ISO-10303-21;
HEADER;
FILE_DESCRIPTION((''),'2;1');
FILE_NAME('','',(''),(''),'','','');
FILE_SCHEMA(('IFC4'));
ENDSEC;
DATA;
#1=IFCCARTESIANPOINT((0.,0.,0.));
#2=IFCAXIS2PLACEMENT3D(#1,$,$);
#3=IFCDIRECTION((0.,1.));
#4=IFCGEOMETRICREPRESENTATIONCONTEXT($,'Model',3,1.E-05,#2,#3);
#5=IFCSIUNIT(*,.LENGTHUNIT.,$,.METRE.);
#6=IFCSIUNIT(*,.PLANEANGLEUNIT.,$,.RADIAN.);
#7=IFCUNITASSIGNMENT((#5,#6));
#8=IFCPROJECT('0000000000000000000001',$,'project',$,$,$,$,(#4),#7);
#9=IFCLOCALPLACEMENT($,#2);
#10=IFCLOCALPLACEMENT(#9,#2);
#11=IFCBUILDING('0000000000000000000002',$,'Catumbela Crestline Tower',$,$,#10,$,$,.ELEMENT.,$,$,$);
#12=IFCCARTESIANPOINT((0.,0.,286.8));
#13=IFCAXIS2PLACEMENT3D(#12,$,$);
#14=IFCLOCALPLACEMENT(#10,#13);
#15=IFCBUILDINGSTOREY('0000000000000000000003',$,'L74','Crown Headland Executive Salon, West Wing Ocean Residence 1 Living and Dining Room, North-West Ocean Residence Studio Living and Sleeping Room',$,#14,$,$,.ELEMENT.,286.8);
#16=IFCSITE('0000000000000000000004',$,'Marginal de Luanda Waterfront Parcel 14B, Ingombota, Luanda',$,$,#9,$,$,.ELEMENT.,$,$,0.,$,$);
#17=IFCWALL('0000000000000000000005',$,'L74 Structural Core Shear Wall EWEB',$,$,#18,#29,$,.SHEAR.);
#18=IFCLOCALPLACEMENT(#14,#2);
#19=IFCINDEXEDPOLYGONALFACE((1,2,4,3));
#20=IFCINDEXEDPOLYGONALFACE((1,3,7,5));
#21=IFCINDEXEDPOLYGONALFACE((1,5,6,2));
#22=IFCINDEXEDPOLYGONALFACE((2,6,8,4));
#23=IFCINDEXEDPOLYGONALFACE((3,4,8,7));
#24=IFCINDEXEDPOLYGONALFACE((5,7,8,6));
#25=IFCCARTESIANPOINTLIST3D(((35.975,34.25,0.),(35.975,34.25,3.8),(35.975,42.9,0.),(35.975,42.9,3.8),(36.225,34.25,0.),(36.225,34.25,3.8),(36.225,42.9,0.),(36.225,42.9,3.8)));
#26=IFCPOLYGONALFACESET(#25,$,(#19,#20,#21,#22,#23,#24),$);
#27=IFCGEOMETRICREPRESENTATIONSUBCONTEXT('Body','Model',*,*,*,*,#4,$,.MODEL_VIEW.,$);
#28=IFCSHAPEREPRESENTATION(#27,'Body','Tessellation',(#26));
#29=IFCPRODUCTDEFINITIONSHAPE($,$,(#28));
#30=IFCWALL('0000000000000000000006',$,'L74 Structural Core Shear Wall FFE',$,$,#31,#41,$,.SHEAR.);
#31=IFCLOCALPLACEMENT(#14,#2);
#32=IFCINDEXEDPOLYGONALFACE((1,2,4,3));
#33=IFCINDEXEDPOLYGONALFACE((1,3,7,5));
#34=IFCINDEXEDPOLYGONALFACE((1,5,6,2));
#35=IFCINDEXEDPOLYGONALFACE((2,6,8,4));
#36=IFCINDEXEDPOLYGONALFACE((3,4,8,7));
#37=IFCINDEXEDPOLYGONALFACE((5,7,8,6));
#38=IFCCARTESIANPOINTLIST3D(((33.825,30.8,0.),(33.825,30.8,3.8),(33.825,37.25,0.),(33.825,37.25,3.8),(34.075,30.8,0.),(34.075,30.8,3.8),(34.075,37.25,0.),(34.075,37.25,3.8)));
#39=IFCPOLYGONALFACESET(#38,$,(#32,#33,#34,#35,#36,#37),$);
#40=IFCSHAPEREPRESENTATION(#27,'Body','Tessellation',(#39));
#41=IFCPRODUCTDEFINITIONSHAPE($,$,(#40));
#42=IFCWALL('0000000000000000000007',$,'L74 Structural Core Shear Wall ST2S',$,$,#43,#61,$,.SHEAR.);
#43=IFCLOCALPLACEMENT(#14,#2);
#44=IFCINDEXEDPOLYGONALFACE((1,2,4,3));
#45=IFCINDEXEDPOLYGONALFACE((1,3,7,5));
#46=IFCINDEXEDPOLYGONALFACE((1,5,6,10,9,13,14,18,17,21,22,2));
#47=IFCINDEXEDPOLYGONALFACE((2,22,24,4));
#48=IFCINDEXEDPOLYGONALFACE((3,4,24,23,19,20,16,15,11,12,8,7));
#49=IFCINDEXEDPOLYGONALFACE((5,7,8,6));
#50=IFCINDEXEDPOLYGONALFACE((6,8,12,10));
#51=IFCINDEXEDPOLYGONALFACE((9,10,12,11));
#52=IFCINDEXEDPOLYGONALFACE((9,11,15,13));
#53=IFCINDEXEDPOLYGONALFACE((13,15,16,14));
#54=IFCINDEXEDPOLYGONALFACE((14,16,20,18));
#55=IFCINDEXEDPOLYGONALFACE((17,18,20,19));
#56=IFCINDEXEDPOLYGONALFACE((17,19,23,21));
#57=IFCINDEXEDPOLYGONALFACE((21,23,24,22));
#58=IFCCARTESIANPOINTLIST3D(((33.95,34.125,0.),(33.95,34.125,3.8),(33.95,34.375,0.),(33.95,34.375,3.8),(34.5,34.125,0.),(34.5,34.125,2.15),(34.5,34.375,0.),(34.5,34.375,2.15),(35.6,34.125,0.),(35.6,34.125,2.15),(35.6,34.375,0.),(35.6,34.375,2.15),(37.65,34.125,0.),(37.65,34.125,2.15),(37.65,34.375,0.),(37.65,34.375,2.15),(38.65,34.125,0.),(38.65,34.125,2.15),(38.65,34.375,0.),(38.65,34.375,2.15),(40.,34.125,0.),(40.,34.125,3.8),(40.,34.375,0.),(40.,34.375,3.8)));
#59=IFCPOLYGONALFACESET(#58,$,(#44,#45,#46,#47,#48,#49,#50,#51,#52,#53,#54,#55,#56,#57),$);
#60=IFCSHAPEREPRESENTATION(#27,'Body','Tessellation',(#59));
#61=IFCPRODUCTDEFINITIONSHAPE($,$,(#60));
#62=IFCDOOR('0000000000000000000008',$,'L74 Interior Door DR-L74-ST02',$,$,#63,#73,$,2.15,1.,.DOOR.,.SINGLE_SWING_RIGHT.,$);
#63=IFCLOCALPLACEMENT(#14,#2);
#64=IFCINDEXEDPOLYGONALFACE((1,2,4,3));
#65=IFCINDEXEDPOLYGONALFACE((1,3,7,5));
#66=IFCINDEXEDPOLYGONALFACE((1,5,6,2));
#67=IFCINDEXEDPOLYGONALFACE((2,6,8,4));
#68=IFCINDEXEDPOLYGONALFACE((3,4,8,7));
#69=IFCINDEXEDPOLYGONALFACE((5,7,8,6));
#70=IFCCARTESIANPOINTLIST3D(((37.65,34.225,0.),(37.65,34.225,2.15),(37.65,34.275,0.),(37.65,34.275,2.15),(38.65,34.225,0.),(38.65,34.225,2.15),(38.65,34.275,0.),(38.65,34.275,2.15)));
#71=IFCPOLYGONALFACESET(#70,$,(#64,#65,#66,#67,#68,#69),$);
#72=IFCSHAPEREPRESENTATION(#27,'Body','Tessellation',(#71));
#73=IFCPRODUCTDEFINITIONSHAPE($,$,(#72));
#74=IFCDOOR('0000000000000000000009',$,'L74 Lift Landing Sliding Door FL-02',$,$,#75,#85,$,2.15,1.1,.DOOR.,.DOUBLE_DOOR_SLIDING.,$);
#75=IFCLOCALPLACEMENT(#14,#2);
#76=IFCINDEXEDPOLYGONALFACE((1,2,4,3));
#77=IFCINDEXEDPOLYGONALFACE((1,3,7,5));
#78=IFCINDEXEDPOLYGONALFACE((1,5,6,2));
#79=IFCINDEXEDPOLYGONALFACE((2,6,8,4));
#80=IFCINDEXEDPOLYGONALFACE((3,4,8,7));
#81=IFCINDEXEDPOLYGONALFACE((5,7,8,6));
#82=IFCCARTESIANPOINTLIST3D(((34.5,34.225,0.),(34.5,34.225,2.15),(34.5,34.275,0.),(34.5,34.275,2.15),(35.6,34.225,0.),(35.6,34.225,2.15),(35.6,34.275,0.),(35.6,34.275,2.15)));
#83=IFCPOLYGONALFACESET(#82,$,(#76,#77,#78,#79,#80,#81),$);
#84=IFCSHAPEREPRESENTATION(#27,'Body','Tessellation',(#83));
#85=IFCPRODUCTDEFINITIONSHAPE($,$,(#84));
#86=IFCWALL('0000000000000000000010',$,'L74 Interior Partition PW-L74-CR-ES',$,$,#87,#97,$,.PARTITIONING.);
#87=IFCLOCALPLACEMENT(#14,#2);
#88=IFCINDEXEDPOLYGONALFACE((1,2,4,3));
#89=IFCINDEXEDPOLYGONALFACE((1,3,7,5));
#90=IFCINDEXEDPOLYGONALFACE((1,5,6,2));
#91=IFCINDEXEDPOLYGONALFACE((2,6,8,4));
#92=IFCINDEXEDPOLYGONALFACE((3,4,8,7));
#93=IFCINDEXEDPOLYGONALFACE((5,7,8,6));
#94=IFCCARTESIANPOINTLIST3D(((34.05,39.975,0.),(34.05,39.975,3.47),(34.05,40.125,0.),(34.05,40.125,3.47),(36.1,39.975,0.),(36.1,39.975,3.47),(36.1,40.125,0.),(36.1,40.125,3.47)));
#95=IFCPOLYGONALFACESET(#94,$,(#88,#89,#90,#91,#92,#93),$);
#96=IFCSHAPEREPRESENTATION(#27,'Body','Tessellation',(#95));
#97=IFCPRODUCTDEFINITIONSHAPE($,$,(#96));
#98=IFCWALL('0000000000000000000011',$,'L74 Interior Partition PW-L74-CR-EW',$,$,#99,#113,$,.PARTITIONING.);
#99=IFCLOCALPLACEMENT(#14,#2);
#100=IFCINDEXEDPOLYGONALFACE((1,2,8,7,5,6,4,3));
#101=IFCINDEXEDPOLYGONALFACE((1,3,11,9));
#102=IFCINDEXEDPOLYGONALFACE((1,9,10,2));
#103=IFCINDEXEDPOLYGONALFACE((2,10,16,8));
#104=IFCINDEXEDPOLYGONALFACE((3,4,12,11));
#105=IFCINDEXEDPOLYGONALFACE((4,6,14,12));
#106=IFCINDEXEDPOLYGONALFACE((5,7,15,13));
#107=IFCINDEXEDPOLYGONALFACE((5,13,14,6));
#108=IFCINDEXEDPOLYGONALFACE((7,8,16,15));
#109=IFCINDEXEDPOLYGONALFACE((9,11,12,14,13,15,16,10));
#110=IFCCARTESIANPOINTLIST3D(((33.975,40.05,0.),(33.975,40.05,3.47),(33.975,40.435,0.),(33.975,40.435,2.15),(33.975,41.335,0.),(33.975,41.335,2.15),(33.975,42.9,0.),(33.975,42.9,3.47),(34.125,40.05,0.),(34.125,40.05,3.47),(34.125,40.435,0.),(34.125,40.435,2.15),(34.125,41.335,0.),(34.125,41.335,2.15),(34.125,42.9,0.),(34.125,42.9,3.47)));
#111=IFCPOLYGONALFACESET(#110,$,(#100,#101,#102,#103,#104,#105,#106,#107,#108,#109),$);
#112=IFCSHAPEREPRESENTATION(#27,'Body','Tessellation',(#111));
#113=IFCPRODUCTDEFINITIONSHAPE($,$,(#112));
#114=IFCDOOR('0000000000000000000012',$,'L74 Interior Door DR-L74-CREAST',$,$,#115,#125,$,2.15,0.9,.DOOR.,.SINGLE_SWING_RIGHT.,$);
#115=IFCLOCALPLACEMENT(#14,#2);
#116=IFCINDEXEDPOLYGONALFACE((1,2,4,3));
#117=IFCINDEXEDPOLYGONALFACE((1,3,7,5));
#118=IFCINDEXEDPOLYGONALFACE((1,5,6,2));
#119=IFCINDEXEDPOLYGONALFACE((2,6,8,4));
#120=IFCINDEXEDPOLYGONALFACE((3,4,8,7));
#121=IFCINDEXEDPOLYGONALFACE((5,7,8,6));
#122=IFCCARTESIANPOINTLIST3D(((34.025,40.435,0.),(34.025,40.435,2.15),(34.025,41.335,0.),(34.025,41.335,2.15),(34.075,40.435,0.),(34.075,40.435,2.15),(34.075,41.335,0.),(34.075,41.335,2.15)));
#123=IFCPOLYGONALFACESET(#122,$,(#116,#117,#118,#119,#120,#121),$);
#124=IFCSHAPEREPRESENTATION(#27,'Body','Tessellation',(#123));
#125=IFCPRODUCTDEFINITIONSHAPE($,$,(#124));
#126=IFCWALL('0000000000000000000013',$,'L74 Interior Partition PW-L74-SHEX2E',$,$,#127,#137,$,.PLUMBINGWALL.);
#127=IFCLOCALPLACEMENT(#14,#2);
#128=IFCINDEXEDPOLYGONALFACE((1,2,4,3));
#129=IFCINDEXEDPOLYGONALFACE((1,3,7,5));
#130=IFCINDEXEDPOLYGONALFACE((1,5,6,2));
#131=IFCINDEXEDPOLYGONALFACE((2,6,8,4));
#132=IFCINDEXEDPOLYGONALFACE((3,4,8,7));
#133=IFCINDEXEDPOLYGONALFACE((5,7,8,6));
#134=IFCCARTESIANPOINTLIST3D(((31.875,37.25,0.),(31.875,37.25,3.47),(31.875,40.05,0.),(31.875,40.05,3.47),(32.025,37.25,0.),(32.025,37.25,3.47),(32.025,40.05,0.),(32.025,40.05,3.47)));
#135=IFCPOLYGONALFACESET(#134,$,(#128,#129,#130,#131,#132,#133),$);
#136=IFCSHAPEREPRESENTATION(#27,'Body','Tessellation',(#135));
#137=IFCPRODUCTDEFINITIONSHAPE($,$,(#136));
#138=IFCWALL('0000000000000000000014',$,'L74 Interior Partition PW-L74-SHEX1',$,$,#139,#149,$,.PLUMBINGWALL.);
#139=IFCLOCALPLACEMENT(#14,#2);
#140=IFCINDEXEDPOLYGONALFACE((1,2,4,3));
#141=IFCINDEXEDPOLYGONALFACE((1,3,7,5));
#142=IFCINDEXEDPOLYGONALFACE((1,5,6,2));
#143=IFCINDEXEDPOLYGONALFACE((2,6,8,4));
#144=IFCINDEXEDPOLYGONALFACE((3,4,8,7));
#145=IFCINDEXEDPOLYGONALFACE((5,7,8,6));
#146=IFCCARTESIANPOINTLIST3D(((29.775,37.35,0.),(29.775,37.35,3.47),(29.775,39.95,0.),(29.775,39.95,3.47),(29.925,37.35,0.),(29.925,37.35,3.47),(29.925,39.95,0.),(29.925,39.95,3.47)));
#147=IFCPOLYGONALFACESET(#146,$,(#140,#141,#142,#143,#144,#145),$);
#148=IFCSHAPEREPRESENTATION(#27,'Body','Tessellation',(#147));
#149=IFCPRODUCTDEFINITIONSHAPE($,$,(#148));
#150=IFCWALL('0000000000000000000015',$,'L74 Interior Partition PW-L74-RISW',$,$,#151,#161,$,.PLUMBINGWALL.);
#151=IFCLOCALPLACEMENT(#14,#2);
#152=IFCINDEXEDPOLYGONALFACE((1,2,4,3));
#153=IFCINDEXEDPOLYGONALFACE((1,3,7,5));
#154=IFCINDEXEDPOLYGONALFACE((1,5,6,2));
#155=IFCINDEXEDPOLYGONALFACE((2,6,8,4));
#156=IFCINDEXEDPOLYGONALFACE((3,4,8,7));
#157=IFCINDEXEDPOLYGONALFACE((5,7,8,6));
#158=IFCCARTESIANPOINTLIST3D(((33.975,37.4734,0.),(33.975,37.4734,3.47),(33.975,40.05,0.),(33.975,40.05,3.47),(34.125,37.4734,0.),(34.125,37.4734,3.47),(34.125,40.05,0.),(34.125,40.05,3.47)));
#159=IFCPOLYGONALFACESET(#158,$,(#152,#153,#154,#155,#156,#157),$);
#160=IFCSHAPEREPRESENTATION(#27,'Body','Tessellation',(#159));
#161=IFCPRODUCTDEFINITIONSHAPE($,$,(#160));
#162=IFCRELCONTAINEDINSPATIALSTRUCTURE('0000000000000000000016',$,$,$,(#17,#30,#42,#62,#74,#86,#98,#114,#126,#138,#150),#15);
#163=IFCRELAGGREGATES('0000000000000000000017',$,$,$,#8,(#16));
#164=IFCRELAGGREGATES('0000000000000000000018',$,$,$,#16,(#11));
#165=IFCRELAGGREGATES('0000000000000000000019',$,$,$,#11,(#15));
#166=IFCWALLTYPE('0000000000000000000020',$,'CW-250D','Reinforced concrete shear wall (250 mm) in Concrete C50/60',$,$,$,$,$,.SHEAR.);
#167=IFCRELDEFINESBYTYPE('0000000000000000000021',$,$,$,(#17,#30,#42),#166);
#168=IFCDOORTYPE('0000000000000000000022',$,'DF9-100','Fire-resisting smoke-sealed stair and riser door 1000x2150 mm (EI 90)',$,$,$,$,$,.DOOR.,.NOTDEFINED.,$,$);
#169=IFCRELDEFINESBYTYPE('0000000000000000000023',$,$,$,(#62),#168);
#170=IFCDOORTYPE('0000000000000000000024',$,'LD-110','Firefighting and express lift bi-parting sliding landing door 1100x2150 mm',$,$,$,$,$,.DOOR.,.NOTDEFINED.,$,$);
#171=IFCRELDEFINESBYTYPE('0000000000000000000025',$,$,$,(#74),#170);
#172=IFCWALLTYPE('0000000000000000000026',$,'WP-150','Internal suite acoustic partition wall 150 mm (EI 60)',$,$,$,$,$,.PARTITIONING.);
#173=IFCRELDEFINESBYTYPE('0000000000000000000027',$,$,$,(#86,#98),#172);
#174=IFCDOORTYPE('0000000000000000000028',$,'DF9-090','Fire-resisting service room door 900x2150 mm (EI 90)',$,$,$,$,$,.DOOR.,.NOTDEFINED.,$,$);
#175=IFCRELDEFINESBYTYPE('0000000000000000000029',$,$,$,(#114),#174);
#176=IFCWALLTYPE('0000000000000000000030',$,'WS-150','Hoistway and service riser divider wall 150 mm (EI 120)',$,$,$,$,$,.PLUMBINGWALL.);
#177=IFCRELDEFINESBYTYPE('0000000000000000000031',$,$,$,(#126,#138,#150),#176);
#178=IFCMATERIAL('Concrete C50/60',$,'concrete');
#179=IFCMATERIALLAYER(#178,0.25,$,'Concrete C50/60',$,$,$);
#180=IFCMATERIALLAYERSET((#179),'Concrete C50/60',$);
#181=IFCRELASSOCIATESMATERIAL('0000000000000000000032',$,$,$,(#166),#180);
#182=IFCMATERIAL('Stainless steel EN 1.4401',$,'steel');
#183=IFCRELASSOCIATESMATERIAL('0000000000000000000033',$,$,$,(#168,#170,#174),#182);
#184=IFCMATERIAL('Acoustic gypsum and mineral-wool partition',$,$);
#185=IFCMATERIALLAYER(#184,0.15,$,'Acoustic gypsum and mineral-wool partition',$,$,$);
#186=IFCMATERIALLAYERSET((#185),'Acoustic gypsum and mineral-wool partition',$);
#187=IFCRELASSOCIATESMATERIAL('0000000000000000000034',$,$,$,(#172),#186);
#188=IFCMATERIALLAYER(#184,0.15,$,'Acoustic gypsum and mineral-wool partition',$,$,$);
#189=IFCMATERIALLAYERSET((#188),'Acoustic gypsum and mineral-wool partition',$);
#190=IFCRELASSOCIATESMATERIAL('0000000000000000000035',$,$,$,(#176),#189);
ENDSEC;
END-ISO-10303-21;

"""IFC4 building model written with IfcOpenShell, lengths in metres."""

from ifc_helpers import new_model, si_unit, direction, frame, frame_2d, origin, place, context, subcontext, project, spatial, rectangle, extrude, material, layer, layer_set, type_object, element, fill, save


model = new_model("IFC4")

# Units and contexts
model_context = context("Model", 3, precision=1e-05, world=origin(), true_north=direction((0.0, 1.0)))
body_context = subcontext(model_context, "Body", "Model", "MODEL_VIEW")
ifc_project = project(units=[si_unit("LENGTHUNIT", "METRE"), si_unit("PLANEANGLEUNIT", "RADIAN")], contexts=[model_context])

# Site, building, storey
site_placement = place(None, origin())
site = spatial("IfcSite", under=ifc_project, at=site_placement, Name="Marginal de Luanda Waterfront Parcel 14B, Ingombota, Luanda", CompositionType="ELEMENT", RefElevation=0.0)
building_placement = place(site_placement, origin())
building = spatial("IfcBuilding", under=site, at=building_placement, Name="Catumbela Crestline Tower", CompositionType="ELEMENT")
storey_placement = place(building_placement, frame((0.0, 0.0, 286.8)))
storey = spatial("IfcBuildingStorey", under=building, at=storey_placement, Name="L74", Description="Crown Headland Executive Salon, West Wing Ocean Residence 1 Living and Dining Room, North-West Ocean Residence Studio Living and Sleeping Room", CompositionType="ELEMENT", Elevation=286.8)

# Walls
ifc_material_1 = material(Name="Concrete C50/60", Category="concrete")
ifc_layer_1 = layer(ifc_material_1, 0.25, Name="Concrete C50/60")
ifc_layer_set_1 = layer_set([ifc_layer_1], Name="Concrete C50/60")
wall_type_1 = type_object("IfcWallType", Name="CW-250D", Description="Reinforced concrete shear wall (250 mm) in Concrete C50/60", PredefinedType="SHEAR", material=ifc_layer_set_1)
wall_1_placement = place(storey_placement, frame((36.1, 34.25, 0.0), z_axis=(0.0, 0.0, 1.0), x_axis=(0.0, 1.0, 0.0)))
element("IfcWall", 1, at=wall_1_placement, inside=storey, type_object=wall_type_1, Name="L74 Structural Core Shear Wall EWEB", PredefinedType="SHEAR", context=body_context, shape_type="SweptSolid", body=[
    extrude(rectangle(XDim=8.65, YDim=0.25, at=frame_2d((4.325, 0.0))), origin(), (0.0, 0.0, 1.0), 3.8),
])
wall_2_placement = place(storey_placement, frame((33.95, 30.8, 0.0), z_axis=(0.0, 0.0, 1.0), x_axis=(0.0, 1.0, 0.0)))
element("IfcWall", 2, at=wall_2_placement, inside=storey, type_object=wall_type_1, Name="L74 Structural Core Shear Wall FFE", PredefinedType="SHEAR", context=body_context, shape_type="SweptSolid", body=[
    extrude(rectangle(XDim=6.45, YDim=0.25, at=frame_2d((3.225, 0.0))), origin(), (0.0, 0.0, 1.0), 3.8),
])

# Wall, openings, doors
wall_3_placement = place(storey_placement, frame((33.95, 34.25, 0.0), z_axis=(0.0, 0.0, 1.0), x_axis=(1.0, 0.0, 0.0)))
wall_3 = element("IfcWall", 3, at=wall_3_placement, inside=storey, type_object=wall_type_1, Name="L74 Structural Core Shear Wall ST2S", PredefinedType="SHEAR", context=body_context, shape_type="SweptSolid", body=[
    extrude(rectangle(XDim=6.05, YDim=0.25, at=frame_2d((3.025, 0.0))), origin(), (0.0, 0.0, 1.0), 3.8),
])
opening_1_placement = place(wall_3_placement, frame((3.7, 0.0, 0.0)))
opening_1 = element("IfcOpeningElement", 4, at=opening_1_placement, cuts=wall_3, PredefinedType="OPENING", context=body_context, shape_type="SweptSolid", body=[
    extrude(rectangle(XDim=1.0, YDim=2.15, at=frame_2d((0.5, 1.075))), frame((0.0, 0.135, 0.0), z_axis=(0.0, -1.0, 0.0), x_axis=(1.0, 0.0, 0.0)), (0.0, 0.0, 1.0), 0.27),
])
opening_2_placement = place(wall_3_placement, frame((0.55, 0.0, 0.0)))
opening_2 = element("IfcOpeningElement", 5, at=opening_2_placement, cuts=wall_3, PredefinedType="OPENING", context=body_context, shape_type="SweptSolid", body=[
    extrude(rectangle(XDim=1.1, YDim=2.15, at=frame_2d((0.55, 1.075))), frame((0.0, 0.135, 0.0), z_axis=(0.0, -1.0, 0.0), x_axis=(1.0, 0.0, 0.0)), (0.0, 0.0, 1.0), 0.27),
])
ifc_material_2 = material(Name="Stainless steel EN 1.4401", Category="steel")
door_type_1 = type_object("IfcDoorType", Name="DF9-100", Description="Fire-resisting smoke-sealed stair and riser door 1000x2150 mm (EI 90)", OperationType="NOTDEFINED", PredefinedType="DOOR", material=ifc_material_2)
door_1_placement = place(opening_1_placement, origin())
door_1 = element("IfcDoor", 6, at=door_1_placement, inside=storey, type_object=door_type_1, Name="L74 Interior Door DR-L74-ST02", OperationType="SINGLE_SWING_RIGHT", OverallHeight=2.15, OverallWidth=1.0, PredefinedType="DOOR", context=body_context, shape_type="SweptSolid", body=[
    extrude(rectangle(XDim=1.0, YDim=2.15, at=frame_2d((0.5, 1.075))), frame((0.0, 0.025, 0.0), z_axis=(0.0, -1.0, 0.0), x_axis=(1.0, 0.0, 0.0)), (0.0, 0.0, 1.0), 0.05),
])
fill(opening_1, door_1)
door_type_2 = type_object("IfcDoorType", Name="LD-110", Description="Firefighting and express lift bi-parting sliding landing door 1100x2150 mm", OperationType="NOTDEFINED", PredefinedType="DOOR", material=ifc_material_2)
door_2_placement = place(opening_2_placement, origin())
door_2 = element("IfcDoor", 7, at=door_2_placement, inside=storey, type_object=door_type_2, Name="L74 Lift Landing Sliding Door FL-02", OperationType="DOUBLE_DOOR_SLIDING", OverallHeight=2.15, OverallWidth=1.1, PredefinedType="DOOR", context=body_context, shape_type="SweptSolid", body=[
    extrude(rectangle(XDim=1.1, YDim=2.15, at=frame_2d((0.55, 1.075))), frame((0.0, 0.025, 0.0), z_axis=(0.0, -1.0, 0.0), x_axis=(1.0, 0.0, 0.0)), (0.0, 0.0, 1.0), 0.05),
])
fill(opening_2, door_2)

# Wall
ifc_material_3 = material(Name="Acoustic gypsum and mineral-wool partition")
ifc_layer_2 = layer(ifc_material_3, 0.15, Name="Acoustic gypsum and mineral-wool partition")
ifc_layer_set_2 = layer_set([ifc_layer_2], Name="Acoustic gypsum and mineral-wool partition")
wall_type_2 = type_object("IfcWallType", Name="WP-150", Description="Internal suite acoustic partition wall 150 mm (EI 60)", PredefinedType="PARTITIONING", material=ifc_layer_set_2)
wall_4_placement = place(storey_placement, frame((34.05, 40.05, 0.0), z_axis=(0.0, 0.0, 1.0), x_axis=(1.0, 0.0, 0.0)))
element("IfcWall", 8, at=wall_4_placement, inside=storey, type_object=wall_type_2, Name="L74 Interior Partition PW-L74-CR-ES", PredefinedType="PARTITIONING", context=body_context, shape_type="SweptSolid", body=[
    extrude(rectangle(XDim=2.05, YDim=0.15, at=frame_2d((1.025, 0.0))), origin(), (0.0, 0.0, 1.0), 3.47),
])

# Wall, opening, door
wall_5_placement = place(storey_placement, frame((34.05, 40.05, 0.0), z_axis=(0.0, 0.0, 1.0), x_axis=(0.0, 1.0, 0.0)))
wall_5 = element("IfcWall", 9, at=wall_5_placement, inside=storey, type_object=wall_type_2, Name="L74 Interior Partition PW-L74-CR-EW", PredefinedType="PARTITIONING", context=body_context, shape_type="SweptSolid", body=[
    extrude(rectangle(XDim=2.85, YDim=0.15, at=frame_2d((1.425, 0.0))), origin(), (0.0, 0.0, 1.0), 3.47),
])
opening_3_placement = place(wall_5_placement, frame((0.385, 0.0, 0.0)))
opening_3 = element("IfcOpeningElement", 10, at=opening_3_placement, cuts=wall_5, PredefinedType="OPENING", context=body_context, shape_type="SweptSolid", body=[
    extrude(rectangle(XDim=0.9, YDim=2.15, at=frame_2d((0.45, 1.075))), frame((0.0, 0.085, 0.0), z_axis=(0.0, -1.0, 0.0), x_axis=(1.0, 0.0, 0.0)), (0.0, 0.0, 1.0), 0.17),
])
door_type_3 = type_object("IfcDoorType", Name="DF9-090", Description="Fire-resisting service room door 900x2150 mm (EI 90)", OperationType="NOTDEFINED", PredefinedType="DOOR", material=ifc_material_2)
door_3_placement = place(opening_3_placement, origin())
door_3 = element("IfcDoor", 11, at=door_3_placement, inside=storey, type_object=door_type_3, Name="L74 Interior Door DR-L74-CREAST", OperationType="SINGLE_SWING_RIGHT", OverallHeight=2.15, OverallWidth=0.9, PredefinedType="DOOR", context=body_context, shape_type="SweptSolid", body=[
    extrude(rectangle(XDim=0.9, YDim=2.15, at=frame_2d((0.45, 1.075))), frame((0.0, 0.025, 0.0), z_axis=(0.0, -1.0, 0.0), x_axis=(1.0, 0.0, 0.0)), (0.0, 0.0, 1.0), 0.05),
])
fill(opening_3, door_3)

# Walls
ifc_layer_3 = layer(ifc_material_3, 0.15, Name="Acoustic gypsum and mineral-wool partition")
ifc_layer_set_3 = layer_set([ifc_layer_3], Name="Acoustic gypsum and mineral-wool partition")
wall_type_3 = type_object("IfcWallType", Name="WS-150", Description="Hoistway and service riser divider wall 150 mm (EI 120)", PredefinedType="PLUMBINGWALL", material=ifc_layer_set_3)
wall_6_placement = place(storey_placement, frame((31.95, 37.25, 0.0), z_axis=(0.0, 0.0, 1.0), x_axis=(0.0, 1.0, 0.0)))
element("IfcWall", 12, at=wall_6_placement, inside=storey, type_object=wall_type_3, Name="L74 Interior Partition PW-L74-SHEX2E", PredefinedType="PLUMBINGWALL", context=body_context, shape_type="SweptSolid", body=[
    extrude(rectangle(XDim=2.8, YDim=0.15, at=frame_2d((1.4, 0.0))), origin(), (0.0, 0.0, 1.0), 3.47),
])
wall_7_placement = place(storey_placement, frame((29.85, 37.35, 0.0), z_axis=(0.0, 0.0, 1.0), x_axis=(0.0, 1.0, 0.0)))
element("IfcWall", 13, at=wall_7_placement, inside=storey, type_object=wall_type_3, Name="L74 Interior Partition PW-L74-SHEX1", PredefinedType="PLUMBINGWALL", context=body_context, shape_type="SweptSolid", body=[
    extrude(rectangle(XDim=2.6, YDim=0.15, at=frame_2d((1.3, 0.0))), origin(), (0.0, 0.0, 1.0), 3.47),
])
wall_8_placement = place(storey_placement, frame((34.05, 37.4734, 0.0), z_axis=(0.0, 0.0, 1.0), x_axis=(0.0, 1.0, 0.0)))
element("IfcWall", 14, at=wall_8_placement, inside=storey, type_object=wall_type_3, Name="L74 Interior Partition PW-L74-RISW", PredefinedType="PLUMBINGWALL", context=body_context, shape_type="SweptSolid", body=[
    extrude(rectangle(XDim=2.5766, YDim=0.15, at=frame_2d((1.2883, 0.0))), origin(), (0.0, 0.0, 1.0), 3.47),
])

save(model, "model.ifc")
